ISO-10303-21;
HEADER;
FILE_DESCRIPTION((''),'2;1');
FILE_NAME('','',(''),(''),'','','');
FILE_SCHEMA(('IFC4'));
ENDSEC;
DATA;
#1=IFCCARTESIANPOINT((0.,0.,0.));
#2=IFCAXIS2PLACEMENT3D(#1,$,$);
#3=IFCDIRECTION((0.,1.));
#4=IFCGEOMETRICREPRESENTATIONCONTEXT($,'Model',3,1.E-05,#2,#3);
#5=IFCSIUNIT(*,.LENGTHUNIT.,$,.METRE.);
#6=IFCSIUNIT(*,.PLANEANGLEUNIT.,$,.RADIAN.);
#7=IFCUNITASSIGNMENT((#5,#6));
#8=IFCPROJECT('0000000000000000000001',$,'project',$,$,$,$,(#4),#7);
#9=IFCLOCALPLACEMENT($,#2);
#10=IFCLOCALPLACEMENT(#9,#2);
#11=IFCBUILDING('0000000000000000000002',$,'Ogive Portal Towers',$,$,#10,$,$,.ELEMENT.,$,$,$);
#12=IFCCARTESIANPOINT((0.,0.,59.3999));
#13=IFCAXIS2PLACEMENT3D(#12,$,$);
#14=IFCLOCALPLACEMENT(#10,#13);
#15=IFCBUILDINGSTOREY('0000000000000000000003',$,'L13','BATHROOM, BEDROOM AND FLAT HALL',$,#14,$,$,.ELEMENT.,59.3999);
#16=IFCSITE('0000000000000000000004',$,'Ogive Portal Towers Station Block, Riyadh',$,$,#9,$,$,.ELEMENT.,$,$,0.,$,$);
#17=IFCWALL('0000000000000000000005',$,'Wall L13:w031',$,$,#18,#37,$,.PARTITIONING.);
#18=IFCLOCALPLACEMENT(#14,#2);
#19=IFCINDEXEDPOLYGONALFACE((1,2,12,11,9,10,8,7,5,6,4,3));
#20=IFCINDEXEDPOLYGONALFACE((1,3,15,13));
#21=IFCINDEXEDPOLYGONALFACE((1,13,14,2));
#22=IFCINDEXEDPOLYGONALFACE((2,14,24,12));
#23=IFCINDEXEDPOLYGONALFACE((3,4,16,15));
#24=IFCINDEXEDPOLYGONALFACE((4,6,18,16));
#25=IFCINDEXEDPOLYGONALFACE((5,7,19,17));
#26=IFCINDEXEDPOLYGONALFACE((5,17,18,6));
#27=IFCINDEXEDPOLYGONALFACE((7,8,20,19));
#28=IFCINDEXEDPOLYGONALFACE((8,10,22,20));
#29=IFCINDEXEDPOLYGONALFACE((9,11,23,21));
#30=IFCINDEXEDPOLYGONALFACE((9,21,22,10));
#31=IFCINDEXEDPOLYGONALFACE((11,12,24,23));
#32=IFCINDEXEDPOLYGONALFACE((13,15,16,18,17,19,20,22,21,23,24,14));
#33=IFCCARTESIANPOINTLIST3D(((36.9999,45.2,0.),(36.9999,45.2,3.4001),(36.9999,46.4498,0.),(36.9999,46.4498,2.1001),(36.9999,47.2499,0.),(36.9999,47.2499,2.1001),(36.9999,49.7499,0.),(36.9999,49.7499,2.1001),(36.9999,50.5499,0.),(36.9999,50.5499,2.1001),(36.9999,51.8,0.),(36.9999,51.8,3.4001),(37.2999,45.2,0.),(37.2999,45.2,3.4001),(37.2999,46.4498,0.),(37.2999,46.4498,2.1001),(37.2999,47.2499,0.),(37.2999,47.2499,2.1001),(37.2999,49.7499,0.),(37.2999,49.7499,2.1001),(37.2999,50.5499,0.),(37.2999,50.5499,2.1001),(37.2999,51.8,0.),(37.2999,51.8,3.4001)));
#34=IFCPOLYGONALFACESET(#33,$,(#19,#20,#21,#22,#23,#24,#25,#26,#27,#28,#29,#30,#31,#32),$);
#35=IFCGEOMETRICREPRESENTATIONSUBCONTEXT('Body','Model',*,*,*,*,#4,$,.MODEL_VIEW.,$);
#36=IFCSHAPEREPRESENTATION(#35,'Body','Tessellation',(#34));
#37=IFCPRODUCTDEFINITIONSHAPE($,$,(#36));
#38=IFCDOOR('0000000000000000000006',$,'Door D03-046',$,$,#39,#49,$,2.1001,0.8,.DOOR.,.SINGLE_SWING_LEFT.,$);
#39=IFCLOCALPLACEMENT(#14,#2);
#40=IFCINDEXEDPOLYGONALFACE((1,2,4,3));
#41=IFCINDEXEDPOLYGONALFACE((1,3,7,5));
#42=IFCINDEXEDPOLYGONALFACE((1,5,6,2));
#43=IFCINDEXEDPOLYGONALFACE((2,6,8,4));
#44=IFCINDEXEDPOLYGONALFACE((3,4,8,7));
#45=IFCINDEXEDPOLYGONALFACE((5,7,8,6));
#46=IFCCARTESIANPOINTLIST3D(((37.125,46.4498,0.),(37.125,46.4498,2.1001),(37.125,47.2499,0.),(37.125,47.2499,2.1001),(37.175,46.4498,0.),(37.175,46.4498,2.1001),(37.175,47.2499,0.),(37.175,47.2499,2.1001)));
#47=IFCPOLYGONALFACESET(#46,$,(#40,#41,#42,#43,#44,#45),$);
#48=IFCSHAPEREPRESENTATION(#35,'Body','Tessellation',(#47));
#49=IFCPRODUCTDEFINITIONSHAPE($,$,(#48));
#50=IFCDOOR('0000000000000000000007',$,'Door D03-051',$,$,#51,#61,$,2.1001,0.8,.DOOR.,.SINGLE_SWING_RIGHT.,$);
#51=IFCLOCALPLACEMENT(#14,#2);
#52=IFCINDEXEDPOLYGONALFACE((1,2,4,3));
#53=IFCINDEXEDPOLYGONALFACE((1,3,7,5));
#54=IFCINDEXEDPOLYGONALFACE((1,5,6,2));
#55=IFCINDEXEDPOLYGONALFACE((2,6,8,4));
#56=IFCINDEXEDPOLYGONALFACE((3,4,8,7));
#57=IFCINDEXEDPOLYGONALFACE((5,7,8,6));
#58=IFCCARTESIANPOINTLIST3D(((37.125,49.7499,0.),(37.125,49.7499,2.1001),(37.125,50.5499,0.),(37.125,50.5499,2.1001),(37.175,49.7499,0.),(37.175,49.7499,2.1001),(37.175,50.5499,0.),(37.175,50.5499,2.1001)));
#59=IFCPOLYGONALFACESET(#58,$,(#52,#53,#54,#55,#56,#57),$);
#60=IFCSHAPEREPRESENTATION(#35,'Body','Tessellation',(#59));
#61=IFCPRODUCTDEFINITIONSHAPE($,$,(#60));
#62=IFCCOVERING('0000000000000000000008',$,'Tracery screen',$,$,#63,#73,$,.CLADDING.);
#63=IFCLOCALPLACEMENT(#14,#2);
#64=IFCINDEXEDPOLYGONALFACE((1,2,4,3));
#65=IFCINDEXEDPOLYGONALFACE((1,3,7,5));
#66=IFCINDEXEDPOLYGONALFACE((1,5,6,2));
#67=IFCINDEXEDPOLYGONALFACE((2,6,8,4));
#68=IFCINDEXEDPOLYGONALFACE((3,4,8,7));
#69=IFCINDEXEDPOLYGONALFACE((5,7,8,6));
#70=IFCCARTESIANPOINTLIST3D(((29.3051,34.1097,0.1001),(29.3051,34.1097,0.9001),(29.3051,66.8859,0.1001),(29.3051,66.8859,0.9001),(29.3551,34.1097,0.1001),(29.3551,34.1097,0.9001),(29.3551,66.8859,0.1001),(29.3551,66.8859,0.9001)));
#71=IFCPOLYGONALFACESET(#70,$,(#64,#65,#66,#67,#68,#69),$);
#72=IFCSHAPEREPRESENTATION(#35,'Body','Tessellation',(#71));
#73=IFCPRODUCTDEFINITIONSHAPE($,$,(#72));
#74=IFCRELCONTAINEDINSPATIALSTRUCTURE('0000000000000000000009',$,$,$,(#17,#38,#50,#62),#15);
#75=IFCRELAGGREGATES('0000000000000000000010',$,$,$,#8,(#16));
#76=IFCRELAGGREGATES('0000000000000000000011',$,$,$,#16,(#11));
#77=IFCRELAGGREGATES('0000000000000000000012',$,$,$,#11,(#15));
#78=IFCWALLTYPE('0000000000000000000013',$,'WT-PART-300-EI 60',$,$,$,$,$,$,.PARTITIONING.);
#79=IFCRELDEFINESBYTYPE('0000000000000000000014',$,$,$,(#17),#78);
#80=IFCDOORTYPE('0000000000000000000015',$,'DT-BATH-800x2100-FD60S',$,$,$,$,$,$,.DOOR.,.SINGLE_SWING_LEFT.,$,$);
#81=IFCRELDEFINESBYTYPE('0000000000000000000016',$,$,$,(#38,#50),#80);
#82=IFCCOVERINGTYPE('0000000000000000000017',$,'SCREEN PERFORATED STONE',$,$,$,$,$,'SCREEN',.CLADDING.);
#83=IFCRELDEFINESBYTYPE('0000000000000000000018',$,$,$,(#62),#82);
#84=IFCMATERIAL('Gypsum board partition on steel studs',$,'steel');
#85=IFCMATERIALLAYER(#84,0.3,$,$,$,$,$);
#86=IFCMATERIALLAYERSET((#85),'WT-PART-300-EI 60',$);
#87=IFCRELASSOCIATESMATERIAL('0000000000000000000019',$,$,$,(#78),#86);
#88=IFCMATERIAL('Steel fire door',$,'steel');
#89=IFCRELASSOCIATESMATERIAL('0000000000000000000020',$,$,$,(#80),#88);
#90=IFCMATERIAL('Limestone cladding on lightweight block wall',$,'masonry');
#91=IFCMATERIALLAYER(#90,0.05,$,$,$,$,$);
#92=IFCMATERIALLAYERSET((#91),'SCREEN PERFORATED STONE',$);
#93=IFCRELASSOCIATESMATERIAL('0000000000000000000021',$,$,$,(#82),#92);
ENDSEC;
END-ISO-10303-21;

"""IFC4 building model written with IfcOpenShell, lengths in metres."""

from ifc_helpers import new_model, si_unit, direction, frame, frame_2d, origin, origin_2d, place, context, subcontext, project, spatial, rectangle, extrude, material, layer, layer_set, type_object, element, fill, save


model = new_model("IFC4")

# Units and contexts
model_context = context("Model", 3, precision=1e-05, world=origin(), true_north=direction((0.0, 1.0)))
body_context = subcontext(model_context, "Body", "Model", "MODEL_VIEW")
ifc_project = project(units=[si_unit("LENGTHUNIT", "METRE"), si_unit("PLANEANGLEUNIT", "RADIAN")], contexts=[model_context])

# Site, building, storey
site_placement = place(None, origin())
site = spatial("IfcSite", under=ifc_project, at=site_placement, Name="Ogive Portal Towers Station Block, Riyadh", CompositionType="ELEMENT", RefElevation=0.0)
building_placement = place(site_placement, origin())
building = spatial("IfcBuilding", under=site, at=building_placement, Name="Ogive Portal Towers", CompositionType="ELEMENT")
storey_placement = place(building_placement, frame((0.0, 0.0, 59.3999)))
storey = spatial("IfcBuildingStorey", under=building, at=storey_placement, Name="L13", Description="BATHROOM, BEDROOM AND FLAT HALL", CompositionType="ELEMENT", Elevation=59.3999)

# Shared definitions
ifc_material_1 = material(Name="Gypsum board partition on steel studs", Category="steel")
ifc_layer_1 = layer(ifc_material_1, 0.3)
ifc_layer_set_1 = layer_set([ifc_layer_1], Name="WT-PART-300-EI 60")
wall_type = type_object("IfcWallType", Name="WT-PART-300-EI 60", PredefinedType="PARTITIONING", material=ifc_layer_set_1)

# Wall, openings, doors
wall_1_placement = place(storey_placement, frame((37.1499, 45.2, 0.0), z_axis=(0.0, 0.0, 1.0), x_axis=(0.0, 1.0, 0.0)))
wall_1 = element("IfcWall", 1, at=wall_1_placement, inside=storey, type_object=wall_type, Name="Wall L13:w031", PredefinedType="PARTITIONING", context=body_context, shape_type="SweptSolid", body=[
    extrude(rectangle(XDim=6.6001, YDim=0.3, at=frame_2d((3.3, 0.0))), origin(), (0.0, 0.0, 1.0), 3.4001),
])
opening_1_placement = place(wall_1_placement, frame((1.25, 0.0, 0.0)))
opening_1 = element("IfcOpeningElement", 2, at=opening_1_placement, cuts=wall_1, PredefinedType="OPENING", context=body_context, shape_type="SweptSolid", body=[
    extrude(rectangle(XDim=0.8, YDim=2.1001, at=frame_2d((0.3999, 1.05))), frame((0.0, 0.1602, 0.0), z_axis=(0.0, -1.0, 0.0), x_axis=(1.0, 0.0, 0.0)), (0.0, 0.0, 1.0), 0.3201),
])
opening_2_placement = place(wall_1_placement, frame((4.55, 0.0, 0.0)))
opening_2 = element("IfcOpeningElement", 3, at=opening_2_placement, cuts=wall_1, PredefinedType="OPENING", context=body_context, shape_type="SweptSolid", body=[
    extrude(rectangle(XDim=0.8, YDim=2.1001, at=frame_2d((0.3999, 1.05))), frame((0.0, 0.1602, 0.0), z_axis=(0.0, -1.0, 0.0), x_axis=(1.0, 0.0, 0.0)), (0.0, 0.0, 1.0), 0.3201),
])
ifc_material_2 = material(Name="Steel fire door", Category="steel")
door_type = type_object("IfcDoorType", Name="DT-BATH-800x2100-FD60S", OperationType="SINGLE_SWING_LEFT", PredefinedType="DOOR", material=ifc_material_2)
door_1_placement = place(opening_1_placement, origin())
door_1 = element("IfcDoor", 4, at=door_1_placement, inside=storey, type_object=door_type, Name="Door D03-046", OperationType="SINGLE_SWING_LEFT", OverallHeight=2.1001, OverallWidth=0.8, PredefinedType="DOOR", context=body_context, shape_type="SweptSolid", body=[
    extrude(rectangle(XDim=0.8, YDim=2.1001, at=frame_2d((0.3999, 1.05))), frame((0.0, 0.0249, 0.0), z_axis=(0.0, -1.0, 0.0), x_axis=(1.0, 0.0, 0.0)), (0.0, 0.0, 1.0), 0.05),
])
fill(opening_1, door_1)
door_2_placement = place(opening_2_placement, origin())
door_2 = element("IfcDoor", 5, at=door_2_placement, inside=storey, type_object=door_type, Name="Door D03-051", OperationType="SINGLE_SWING_RIGHT", OverallHeight=2.1001, OverallWidth=0.8, PredefinedType="DOOR", context=body_context, shape_type="SweptSolid", body=[
    extrude(rectangle(XDim=0.8, YDim=2.1001, at=frame_2d((0.3999, 1.05))), frame((0.0, 0.0249, 0.0), z_axis=(0.0, -1.0, 0.0), x_axis=(1.0, 0.0, 0.0)), (0.0, 0.0, 1.0), 0.05),
])
fill(opening_2, door_2)

# Covering
ifc_material_3 = material(Name="Limestone cladding on lightweight block wall", Category="masonry")
ifc_layer_2 = layer(ifc_material_3, 0.05)
ifc_layer_set_2 = layer_set([ifc_layer_2], Name="SCREEN PERFORATED STONE")
covering_type = type_object("IfcCoveringType", Name="SCREEN PERFORATED STONE", ElementType="SCREEN", PredefinedType="CLADDING", material=ifc_layer_set_2)
covering_placement = place(storey_placement, frame((29.3301, 50.4978, 0.1001), z_axis=(0.0, 0.0, 1.0), x_axis=(0.0, -1.0, 0.0)))
element("IfcCovering", 6, at=covering_placement, inside=storey, type_object=covering_type, Name="Tracery screen", PredefinedType="CLADDING", context=body_context, shape_type="SweptSolid", body=[
    extrude(rectangle(XDim=32.7761, YDim=0.05, at=origin_2d()), origin(), (0.0, 0.0, 1.0), 0.8),
])

save(model, "model.ifc")
